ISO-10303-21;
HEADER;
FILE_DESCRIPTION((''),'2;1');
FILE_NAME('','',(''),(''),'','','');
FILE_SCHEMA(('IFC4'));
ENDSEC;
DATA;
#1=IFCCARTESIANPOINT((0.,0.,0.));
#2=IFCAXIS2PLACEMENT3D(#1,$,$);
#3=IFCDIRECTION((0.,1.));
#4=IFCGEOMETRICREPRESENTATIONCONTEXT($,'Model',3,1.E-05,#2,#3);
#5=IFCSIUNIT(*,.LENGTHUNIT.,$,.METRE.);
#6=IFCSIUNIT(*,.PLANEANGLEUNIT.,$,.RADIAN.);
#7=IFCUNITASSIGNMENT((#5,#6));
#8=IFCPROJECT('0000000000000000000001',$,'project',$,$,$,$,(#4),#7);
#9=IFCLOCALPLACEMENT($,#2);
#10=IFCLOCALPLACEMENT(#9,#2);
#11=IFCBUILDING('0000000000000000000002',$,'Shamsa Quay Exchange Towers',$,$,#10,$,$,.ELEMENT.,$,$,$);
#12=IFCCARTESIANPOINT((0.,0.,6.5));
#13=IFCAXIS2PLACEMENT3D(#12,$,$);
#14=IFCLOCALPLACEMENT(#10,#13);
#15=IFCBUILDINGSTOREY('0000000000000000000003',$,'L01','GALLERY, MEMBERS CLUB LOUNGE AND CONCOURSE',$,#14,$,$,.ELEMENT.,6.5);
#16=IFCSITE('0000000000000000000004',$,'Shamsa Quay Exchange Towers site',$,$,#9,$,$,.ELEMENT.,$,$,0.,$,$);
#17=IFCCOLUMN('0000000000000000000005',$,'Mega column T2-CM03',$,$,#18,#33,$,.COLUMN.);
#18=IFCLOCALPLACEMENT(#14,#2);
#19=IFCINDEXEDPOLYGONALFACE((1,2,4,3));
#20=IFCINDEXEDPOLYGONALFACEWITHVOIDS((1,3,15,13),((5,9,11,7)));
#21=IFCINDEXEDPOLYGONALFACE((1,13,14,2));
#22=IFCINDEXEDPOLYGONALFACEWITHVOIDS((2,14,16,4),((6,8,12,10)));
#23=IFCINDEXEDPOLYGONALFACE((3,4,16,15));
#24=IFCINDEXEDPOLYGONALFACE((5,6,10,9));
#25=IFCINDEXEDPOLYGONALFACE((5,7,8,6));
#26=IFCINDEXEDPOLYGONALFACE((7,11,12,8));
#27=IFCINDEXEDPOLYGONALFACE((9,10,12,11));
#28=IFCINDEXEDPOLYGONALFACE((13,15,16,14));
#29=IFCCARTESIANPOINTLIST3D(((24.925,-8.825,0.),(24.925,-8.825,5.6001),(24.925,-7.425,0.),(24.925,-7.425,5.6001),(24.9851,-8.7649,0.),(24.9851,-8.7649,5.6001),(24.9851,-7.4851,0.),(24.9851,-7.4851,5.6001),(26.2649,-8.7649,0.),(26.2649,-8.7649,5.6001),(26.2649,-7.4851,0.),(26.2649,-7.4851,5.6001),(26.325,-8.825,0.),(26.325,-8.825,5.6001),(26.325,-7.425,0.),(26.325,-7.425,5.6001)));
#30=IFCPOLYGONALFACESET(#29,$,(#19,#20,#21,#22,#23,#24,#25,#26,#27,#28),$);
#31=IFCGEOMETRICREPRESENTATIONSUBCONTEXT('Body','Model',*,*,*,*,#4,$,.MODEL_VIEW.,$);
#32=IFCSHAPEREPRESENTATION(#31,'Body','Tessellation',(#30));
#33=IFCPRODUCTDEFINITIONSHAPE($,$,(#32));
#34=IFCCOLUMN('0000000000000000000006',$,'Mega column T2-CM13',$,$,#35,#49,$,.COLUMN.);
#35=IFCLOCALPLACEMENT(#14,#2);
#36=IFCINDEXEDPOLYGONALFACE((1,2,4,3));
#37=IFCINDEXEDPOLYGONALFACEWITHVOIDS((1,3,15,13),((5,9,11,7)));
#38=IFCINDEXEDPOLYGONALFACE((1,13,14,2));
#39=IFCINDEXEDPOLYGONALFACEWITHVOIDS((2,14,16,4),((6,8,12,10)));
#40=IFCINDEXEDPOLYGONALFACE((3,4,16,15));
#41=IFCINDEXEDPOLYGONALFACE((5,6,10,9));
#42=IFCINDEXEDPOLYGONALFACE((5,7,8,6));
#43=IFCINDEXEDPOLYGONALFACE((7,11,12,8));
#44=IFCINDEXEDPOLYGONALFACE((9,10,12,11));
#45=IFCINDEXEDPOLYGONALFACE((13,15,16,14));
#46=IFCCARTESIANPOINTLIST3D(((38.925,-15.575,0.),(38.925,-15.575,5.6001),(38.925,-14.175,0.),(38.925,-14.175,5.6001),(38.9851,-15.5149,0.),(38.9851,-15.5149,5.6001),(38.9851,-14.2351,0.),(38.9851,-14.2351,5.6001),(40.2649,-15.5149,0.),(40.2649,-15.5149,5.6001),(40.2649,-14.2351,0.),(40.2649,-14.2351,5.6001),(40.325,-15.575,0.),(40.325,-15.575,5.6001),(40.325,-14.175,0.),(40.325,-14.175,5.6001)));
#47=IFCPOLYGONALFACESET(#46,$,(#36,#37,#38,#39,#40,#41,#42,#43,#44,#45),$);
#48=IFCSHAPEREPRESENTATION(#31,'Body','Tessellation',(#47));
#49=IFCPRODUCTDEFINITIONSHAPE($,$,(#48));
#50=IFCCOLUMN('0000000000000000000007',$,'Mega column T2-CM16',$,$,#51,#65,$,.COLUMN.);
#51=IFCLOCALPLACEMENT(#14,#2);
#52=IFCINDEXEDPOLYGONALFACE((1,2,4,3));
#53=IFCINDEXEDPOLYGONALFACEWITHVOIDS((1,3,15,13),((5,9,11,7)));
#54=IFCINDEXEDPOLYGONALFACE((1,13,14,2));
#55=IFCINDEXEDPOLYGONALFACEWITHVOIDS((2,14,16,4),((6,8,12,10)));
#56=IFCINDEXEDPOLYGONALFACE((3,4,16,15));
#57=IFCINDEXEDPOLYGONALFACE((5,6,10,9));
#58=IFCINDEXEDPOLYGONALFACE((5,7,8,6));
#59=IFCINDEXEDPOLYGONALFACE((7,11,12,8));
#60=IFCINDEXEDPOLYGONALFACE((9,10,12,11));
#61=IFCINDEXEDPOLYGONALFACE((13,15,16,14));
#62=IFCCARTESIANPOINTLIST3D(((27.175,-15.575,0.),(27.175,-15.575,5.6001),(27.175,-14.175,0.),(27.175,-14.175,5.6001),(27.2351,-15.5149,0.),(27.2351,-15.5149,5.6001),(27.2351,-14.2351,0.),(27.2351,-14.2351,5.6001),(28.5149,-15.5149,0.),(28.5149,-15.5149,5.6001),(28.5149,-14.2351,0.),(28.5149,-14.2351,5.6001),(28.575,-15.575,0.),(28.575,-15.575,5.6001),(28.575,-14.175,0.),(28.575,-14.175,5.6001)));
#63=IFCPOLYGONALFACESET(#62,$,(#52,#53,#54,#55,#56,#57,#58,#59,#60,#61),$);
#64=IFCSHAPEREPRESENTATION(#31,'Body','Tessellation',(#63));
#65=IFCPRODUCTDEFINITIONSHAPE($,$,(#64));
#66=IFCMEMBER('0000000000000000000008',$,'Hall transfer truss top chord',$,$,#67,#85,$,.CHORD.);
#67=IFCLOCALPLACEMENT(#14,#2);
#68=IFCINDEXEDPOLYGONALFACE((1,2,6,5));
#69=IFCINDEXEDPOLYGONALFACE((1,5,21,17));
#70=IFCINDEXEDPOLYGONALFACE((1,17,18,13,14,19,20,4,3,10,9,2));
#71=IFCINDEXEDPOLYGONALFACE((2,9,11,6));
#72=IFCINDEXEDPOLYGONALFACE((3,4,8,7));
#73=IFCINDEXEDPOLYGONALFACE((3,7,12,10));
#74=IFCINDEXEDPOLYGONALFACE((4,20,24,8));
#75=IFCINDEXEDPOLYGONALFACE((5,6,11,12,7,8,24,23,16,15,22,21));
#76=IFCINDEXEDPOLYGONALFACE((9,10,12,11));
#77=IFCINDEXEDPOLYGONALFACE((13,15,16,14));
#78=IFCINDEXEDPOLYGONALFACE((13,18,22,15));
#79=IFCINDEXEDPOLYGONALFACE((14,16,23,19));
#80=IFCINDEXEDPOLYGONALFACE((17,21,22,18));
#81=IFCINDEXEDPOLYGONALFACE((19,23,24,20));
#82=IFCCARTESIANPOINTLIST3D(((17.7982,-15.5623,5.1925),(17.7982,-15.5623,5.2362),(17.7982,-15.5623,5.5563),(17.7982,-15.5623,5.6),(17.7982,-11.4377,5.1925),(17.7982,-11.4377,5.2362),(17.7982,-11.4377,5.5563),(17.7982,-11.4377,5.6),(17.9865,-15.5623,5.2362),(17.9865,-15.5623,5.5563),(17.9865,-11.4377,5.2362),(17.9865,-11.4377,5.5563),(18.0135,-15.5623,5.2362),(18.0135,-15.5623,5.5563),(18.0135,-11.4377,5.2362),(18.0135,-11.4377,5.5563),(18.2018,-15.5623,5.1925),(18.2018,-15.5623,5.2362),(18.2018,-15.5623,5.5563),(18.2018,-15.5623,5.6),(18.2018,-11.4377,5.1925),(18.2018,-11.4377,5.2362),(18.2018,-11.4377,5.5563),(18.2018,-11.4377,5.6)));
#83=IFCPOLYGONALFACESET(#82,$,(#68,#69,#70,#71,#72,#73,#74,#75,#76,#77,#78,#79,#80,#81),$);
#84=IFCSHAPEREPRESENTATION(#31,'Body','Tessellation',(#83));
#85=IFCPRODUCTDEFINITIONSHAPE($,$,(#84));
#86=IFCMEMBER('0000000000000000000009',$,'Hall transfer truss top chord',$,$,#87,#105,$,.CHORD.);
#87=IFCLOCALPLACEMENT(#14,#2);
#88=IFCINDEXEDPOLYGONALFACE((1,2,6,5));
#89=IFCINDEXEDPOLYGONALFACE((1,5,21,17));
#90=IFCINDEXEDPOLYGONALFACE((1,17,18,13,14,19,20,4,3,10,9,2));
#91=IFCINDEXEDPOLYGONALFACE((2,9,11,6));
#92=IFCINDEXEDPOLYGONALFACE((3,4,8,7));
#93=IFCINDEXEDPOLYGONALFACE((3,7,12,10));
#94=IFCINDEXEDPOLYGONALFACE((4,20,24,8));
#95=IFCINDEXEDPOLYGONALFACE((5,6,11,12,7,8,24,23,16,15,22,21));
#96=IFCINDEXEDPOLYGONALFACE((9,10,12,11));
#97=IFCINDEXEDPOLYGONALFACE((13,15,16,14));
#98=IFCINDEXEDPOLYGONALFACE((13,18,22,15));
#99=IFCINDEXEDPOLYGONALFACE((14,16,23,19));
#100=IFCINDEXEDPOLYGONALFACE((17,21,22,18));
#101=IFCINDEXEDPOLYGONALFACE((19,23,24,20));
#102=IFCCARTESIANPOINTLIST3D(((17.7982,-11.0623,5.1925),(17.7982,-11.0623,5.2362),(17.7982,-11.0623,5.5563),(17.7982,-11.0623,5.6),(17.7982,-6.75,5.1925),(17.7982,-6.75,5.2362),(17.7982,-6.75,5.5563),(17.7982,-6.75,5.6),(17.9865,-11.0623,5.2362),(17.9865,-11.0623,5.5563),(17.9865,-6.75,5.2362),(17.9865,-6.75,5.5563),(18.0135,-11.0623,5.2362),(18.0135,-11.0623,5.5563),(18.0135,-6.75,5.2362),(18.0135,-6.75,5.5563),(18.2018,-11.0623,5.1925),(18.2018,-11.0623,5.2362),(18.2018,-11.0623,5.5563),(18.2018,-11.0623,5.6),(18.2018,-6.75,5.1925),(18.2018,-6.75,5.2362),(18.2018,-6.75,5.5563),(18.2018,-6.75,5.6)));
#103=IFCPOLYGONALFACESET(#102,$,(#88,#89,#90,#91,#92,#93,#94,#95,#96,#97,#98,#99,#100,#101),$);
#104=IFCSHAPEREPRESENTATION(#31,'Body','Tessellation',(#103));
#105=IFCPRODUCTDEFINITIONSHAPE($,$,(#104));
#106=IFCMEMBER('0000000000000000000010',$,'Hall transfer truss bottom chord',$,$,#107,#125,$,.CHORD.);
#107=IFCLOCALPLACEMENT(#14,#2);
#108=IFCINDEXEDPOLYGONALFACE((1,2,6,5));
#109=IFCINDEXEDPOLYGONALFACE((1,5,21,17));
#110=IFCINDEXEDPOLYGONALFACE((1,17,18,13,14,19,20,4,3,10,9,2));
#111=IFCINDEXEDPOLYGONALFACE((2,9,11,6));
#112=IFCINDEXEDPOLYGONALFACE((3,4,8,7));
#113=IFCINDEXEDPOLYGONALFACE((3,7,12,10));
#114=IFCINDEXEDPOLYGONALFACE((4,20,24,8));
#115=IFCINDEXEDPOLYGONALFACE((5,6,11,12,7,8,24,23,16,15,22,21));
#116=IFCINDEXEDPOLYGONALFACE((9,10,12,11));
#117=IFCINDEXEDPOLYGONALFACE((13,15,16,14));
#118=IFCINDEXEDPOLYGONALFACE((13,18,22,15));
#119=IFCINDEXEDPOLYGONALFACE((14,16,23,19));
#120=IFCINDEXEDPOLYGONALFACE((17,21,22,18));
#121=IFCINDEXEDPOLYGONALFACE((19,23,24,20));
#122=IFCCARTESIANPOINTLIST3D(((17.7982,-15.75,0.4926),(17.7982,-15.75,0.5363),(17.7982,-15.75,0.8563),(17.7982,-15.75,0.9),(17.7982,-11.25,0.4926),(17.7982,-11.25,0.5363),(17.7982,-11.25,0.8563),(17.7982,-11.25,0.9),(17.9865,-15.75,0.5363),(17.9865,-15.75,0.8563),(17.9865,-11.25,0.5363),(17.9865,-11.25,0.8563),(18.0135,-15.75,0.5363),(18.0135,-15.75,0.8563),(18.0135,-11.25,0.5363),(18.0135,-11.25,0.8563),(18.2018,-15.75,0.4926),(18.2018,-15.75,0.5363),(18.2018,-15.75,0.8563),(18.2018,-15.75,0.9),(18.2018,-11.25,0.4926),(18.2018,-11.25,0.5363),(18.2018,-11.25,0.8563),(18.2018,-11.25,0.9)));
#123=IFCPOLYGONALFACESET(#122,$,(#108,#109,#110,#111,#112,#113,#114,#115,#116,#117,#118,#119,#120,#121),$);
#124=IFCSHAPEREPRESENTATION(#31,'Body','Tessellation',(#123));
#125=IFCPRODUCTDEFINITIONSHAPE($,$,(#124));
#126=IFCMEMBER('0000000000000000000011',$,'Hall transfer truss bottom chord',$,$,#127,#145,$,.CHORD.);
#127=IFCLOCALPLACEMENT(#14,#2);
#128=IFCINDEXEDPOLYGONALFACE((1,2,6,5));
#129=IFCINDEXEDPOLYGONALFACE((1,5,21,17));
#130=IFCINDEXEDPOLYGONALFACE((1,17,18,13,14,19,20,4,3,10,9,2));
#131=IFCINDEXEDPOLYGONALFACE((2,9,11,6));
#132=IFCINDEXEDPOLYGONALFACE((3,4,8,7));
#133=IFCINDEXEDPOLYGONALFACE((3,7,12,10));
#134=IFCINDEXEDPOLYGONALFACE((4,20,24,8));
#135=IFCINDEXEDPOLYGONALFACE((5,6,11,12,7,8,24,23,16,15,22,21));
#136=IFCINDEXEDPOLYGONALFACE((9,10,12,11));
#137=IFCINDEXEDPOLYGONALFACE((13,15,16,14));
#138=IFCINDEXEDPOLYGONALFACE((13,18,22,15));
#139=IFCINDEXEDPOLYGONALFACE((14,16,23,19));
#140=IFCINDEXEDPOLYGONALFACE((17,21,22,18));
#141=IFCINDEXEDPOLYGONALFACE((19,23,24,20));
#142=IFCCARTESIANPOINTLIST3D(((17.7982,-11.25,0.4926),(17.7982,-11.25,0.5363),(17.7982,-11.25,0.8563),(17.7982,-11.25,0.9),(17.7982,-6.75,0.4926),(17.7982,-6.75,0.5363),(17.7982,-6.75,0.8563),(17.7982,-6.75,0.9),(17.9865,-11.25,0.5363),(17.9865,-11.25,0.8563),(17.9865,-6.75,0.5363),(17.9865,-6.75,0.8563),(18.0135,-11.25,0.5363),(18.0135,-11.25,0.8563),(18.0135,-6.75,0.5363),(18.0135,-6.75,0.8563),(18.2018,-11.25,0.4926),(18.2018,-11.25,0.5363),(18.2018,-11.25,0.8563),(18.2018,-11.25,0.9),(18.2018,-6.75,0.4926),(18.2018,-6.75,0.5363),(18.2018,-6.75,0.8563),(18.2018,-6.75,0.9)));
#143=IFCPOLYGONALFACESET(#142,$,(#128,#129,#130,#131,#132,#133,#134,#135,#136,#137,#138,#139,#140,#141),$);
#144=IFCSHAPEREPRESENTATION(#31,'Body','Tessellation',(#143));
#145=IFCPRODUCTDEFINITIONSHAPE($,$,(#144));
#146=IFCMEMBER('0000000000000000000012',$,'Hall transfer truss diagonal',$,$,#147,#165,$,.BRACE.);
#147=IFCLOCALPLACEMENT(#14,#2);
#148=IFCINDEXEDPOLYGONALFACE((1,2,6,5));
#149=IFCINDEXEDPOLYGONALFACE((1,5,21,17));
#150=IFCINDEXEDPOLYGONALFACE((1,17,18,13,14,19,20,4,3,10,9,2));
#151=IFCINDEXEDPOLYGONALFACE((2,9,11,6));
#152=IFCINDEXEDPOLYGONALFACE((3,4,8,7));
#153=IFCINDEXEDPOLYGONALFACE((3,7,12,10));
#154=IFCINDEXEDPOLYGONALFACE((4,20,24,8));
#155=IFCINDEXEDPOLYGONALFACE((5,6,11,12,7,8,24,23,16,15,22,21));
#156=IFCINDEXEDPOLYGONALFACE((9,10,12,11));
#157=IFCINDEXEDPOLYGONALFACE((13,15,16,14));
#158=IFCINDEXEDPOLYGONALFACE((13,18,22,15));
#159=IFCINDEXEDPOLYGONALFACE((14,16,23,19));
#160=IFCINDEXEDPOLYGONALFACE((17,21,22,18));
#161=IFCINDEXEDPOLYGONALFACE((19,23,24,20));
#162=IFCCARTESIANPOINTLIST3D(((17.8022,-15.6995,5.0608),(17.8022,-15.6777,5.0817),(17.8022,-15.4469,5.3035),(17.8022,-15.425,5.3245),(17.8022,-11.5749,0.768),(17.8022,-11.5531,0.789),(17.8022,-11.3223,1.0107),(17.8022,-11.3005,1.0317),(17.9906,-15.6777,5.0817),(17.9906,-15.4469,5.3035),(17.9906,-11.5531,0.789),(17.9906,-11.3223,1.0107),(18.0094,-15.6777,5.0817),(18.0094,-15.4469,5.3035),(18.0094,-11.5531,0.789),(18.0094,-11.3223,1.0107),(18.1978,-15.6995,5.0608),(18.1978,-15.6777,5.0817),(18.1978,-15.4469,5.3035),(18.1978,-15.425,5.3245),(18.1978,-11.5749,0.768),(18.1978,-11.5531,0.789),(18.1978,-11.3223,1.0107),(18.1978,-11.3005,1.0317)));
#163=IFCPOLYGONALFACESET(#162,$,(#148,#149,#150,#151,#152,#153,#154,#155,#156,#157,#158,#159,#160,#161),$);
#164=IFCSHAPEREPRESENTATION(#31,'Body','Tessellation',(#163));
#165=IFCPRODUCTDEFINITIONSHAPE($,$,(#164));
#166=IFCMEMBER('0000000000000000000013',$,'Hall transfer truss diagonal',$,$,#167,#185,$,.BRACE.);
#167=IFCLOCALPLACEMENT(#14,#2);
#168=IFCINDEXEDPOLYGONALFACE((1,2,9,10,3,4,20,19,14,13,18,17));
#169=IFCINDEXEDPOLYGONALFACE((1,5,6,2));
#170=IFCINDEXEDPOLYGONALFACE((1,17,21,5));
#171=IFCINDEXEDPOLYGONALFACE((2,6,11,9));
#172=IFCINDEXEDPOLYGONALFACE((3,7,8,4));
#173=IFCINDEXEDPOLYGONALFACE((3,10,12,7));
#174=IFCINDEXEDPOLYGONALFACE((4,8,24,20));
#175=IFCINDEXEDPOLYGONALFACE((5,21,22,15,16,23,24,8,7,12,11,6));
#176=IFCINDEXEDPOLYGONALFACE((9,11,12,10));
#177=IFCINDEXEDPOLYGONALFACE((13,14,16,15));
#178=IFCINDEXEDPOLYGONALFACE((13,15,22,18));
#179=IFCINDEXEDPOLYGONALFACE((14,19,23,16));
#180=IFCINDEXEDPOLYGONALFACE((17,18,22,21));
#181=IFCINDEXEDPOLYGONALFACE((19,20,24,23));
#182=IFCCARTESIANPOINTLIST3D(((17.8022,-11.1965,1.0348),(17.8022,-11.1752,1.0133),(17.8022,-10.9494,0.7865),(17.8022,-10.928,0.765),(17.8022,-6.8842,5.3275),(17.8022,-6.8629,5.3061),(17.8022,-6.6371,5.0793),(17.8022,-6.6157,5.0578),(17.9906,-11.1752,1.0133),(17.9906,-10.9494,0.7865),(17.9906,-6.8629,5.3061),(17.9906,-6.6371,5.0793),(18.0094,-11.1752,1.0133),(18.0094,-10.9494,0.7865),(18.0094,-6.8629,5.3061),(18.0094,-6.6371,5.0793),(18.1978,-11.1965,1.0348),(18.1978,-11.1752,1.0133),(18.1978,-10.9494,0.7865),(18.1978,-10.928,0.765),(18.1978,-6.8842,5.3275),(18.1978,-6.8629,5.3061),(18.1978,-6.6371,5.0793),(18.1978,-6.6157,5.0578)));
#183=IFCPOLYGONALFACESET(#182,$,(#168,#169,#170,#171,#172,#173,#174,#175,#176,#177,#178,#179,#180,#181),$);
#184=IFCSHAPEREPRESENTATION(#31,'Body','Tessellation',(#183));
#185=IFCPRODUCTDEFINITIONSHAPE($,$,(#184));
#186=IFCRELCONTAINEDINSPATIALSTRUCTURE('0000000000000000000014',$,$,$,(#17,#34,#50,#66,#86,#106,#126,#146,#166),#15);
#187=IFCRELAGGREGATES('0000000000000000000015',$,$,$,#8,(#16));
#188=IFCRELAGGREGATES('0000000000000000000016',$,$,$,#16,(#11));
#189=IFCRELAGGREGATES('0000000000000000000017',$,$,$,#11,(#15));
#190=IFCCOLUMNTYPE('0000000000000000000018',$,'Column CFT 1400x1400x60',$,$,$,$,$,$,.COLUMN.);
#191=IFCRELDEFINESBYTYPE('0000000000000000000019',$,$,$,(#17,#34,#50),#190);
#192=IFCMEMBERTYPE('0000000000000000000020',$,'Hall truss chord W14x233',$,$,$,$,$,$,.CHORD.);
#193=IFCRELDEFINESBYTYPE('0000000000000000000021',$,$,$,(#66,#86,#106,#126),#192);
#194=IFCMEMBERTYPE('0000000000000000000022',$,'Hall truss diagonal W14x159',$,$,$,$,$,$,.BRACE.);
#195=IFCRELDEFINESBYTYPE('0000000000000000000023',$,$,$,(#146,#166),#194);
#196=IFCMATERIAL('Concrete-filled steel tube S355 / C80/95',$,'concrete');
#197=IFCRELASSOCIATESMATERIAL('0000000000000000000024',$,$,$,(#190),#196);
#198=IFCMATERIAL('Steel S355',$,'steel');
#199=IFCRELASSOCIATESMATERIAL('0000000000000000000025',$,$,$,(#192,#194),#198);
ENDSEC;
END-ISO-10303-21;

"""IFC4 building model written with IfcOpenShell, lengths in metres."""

from ifc_helpers import new_model, si_unit, direction, frame, origin, origin_2d, place, context, subcontext, project, spatial, hollow_rectangle, i_section, extrude, material, material_profile, profile_set, type_object, element, save


model = new_model("IFC4")

# Units and contexts
model_context = context("Model", 3, precision=1e-05, world=origin(), true_north=direction((0.0, 1.0)))
body_context = subcontext(model_context, "Body", "Model", "MODEL_VIEW")
ifc_project = project(units=[si_unit("LENGTHUNIT", "METRE"), si_unit("PLANEANGLEUNIT", "RADIAN")], contexts=[model_context])

# Site, building, storey
site_placement = place(None, origin())
site = spatial("IfcSite", under=ifc_project, at=site_placement, Name="Shamsa Quay Exchange Towers site", CompositionType="ELEMENT", RefElevation=0.0)
building_placement = place(site_placement, origin())
building = spatial("IfcBuilding", under=site, at=building_placement, Name="Shamsa Quay Exchange Towers", CompositionType="ELEMENT")
storey_placement = place(building_placement, frame((0.0, 0.0, 6.5)))
storey = spatial("IfcBuildingStorey", under=building, at=storey_placement, Name="L01", Description="GALLERY, MEMBERS CLUB LOUNGE AND CONCOURSE", CompositionType="ELEMENT", Elevation=6.5)

# Columns
ifc_material_1 = material(Name="Concrete-filled steel tube S355 / C80/95", Category="concrete")
ifc_material_profile_1 = material_profile(ifc_material_1, hollow_rectangle(XDim=1.3999, YDim=1.3999, WallThickness=0.0601, at=origin_2d()), Name="CFT 1400x1400x60")
ifc_profile_set_1 = profile_set([ifc_material_profile_1], Name="Concrete-filled steel tube S355 / C80/95")
column_type = type_object("IfcColumnType", Name="Column CFT 1400x1400x60", PredefinedType="COLUMN", material=ifc_profile_set_1)
for number, where, name in (
    (1, (25.625, -8.125, 0.0), "Mega column T2-CM03"),
    (2, (39.625, -14.875, 0.0), "Mega column T2-CM13"),
    (3, (27.875, -14.875, 0.0), "Mega column T2-CM16"),
):
    element("IfcColumn", number, at=place(storey_placement, frame(where)), inside=storey, type_object=column_type, Name=name, PredefinedType="COLUMN", context=body_context, shape_type="SweptSolid", body=[
        extrude(hollow_rectangle(XDim=1.3999, YDim=1.3999, WallThickness=0.0601, at=origin_2d()), origin(), (0.0, 0.0, 1.0), 5.6001),
    ])

# Members
ifc_material_2 = material(Name="Steel S355", Category="steel")
ifc_material_profile_2 = material_profile(ifc_material_2, i_section(OverallWidth=0.4036, OverallDepth=0.4075, WebThickness=0.0271, FlangeThickness=0.0437, at=origin_2d()), Name="W14x233")
ifc_profile_set_2 = profile_set([ifc_material_profile_2], Name="Steel S355")
member_type_1 = type_object("IfcMemberType", Name="Hall truss chord W14x233", PredefinedType="CHORD", material=ifc_profile_set_2)
member_1_placement = place(storey_placement, frame((18.0, -15.5623, 5.3962), z_axis=(0.0, 1.0, 0.0), x_axis=(-1.0, 0.0, 0.0)))
element("IfcMember", 4, at=member_1_placement, inside=storey, type_object=member_type_1, Name="Hall transfer truss top chord", PredefinedType="CHORD", context=body_context, shape_type="SweptSolid", body=[
    extrude(i_section(OverallWidth=0.4036, OverallDepth=0.4075, WebThickness=0.0271, FlangeThickness=0.0437, at=origin_2d()), origin(), (0.0, 0.0, 1.0), 4.1245),
])
member_2_placement = place(storey_placement, frame((18.0, -11.0623, 5.3962), z_axis=(0.0, 1.0, 0.0), x_axis=(-1.0, 0.0, 0.0)))
element("IfcMember", 5, at=member_2_placement, inside=storey, type_object=member_type_1, Name="Hall transfer truss top chord", PredefinedType="CHORD", context=body_context, shape_type="SweptSolid", body=[
    extrude(i_section(OverallWidth=0.4036, OverallDepth=0.4075, WebThickness=0.0271, FlangeThickness=0.0437, at=origin_2d()), origin(), (0.0, 0.0, 1.0), 4.3123),
])
for number, where, z_axis, x_axis, name in (
    (6, (18.0, -15.75, 0.6963), (0.0, 1.0, 0.0), (-1.0, 0.0, 0.0), "Hall transfer truss bottom chord"),
    (7, (18.0, -11.25, 0.6963), (0.0, 1.0, 0.0), (-1.0, 0.0, 0.0), "Hall transfer truss bottom chord"),
):
    element("IfcMember", number, at=place(storey_placement, frame(where, z_axis=z_axis, x_axis=x_axis)), inside=storey, type_object=member_type_1, Name=name, PredefinedType="CHORD", context=body_context, shape_type="SweptSolid", body=[
        extrude(i_section(OverallWidth=0.4036, OverallDepth=0.4075, WebThickness=0.0271, FlangeThickness=0.0437, at=origin_2d()), origin(), (0.0, 0.0, 1.0), 4.5),
    ])
ifc_material_profile_3 = material_profile(ifc_material_2, i_section(OverallWidth=0.3955, OverallDepth=0.3806, WebThickness=0.0188, FlangeThickness=0.0303, at=origin_2d()), Name="W14x159")
ifc_profile_set_3 = profile_set([ifc_material_profile_3], Name="Steel S355")
member_type_2 = type_object("IfcMemberType", Name="Hall truss diagonal W14x159", PredefinedType="BRACE", material=ifc_profile_set_3)
member_3_placement = place(storey_placement, frame((18.0, -15.5623, 5.1926), z_axis=(0.0, 0.692837, -0.721094), x_axis=(-1.0, 0.0, 0.0)))
element("IfcMember", 8, at=member_3_placement, inside=storey, type_object=member_type_2, Name="Hall transfer truss diagonal", PredefinedType="BRACE", context=body_context, shape_type="SweptSolid", body=[
    extrude(i_section(OverallWidth=0.3955, OverallDepth=0.3806, WebThickness=0.0188, FlangeThickness=0.0303, at=origin_2d()), origin(), (0.0, 0.0, 1.0), 5.9531),
])
member_4_placement = place(storey_placement, frame((18.0, -11.0623, 0.8999), z_axis=(0.0, 0.70871, 0.7055), x_axis=(-1.0, 0.0, 0.0)))
element("IfcMember", 9, at=member_4_placement, inside=storey, type_object=member_type_2, Name="Hall transfer truss diagonal", PredefinedType="BRACE", context=body_context, shape_type="SweptSolid", body=[
    extrude(i_section(OverallWidth=0.3955, OverallDepth=0.3806, WebThickness=0.0188, FlangeThickness=0.0303, at=origin_2d()), origin(), (0.0, 0.0, 1.0), 6.0847),
])

save(model, "model.ifc")
